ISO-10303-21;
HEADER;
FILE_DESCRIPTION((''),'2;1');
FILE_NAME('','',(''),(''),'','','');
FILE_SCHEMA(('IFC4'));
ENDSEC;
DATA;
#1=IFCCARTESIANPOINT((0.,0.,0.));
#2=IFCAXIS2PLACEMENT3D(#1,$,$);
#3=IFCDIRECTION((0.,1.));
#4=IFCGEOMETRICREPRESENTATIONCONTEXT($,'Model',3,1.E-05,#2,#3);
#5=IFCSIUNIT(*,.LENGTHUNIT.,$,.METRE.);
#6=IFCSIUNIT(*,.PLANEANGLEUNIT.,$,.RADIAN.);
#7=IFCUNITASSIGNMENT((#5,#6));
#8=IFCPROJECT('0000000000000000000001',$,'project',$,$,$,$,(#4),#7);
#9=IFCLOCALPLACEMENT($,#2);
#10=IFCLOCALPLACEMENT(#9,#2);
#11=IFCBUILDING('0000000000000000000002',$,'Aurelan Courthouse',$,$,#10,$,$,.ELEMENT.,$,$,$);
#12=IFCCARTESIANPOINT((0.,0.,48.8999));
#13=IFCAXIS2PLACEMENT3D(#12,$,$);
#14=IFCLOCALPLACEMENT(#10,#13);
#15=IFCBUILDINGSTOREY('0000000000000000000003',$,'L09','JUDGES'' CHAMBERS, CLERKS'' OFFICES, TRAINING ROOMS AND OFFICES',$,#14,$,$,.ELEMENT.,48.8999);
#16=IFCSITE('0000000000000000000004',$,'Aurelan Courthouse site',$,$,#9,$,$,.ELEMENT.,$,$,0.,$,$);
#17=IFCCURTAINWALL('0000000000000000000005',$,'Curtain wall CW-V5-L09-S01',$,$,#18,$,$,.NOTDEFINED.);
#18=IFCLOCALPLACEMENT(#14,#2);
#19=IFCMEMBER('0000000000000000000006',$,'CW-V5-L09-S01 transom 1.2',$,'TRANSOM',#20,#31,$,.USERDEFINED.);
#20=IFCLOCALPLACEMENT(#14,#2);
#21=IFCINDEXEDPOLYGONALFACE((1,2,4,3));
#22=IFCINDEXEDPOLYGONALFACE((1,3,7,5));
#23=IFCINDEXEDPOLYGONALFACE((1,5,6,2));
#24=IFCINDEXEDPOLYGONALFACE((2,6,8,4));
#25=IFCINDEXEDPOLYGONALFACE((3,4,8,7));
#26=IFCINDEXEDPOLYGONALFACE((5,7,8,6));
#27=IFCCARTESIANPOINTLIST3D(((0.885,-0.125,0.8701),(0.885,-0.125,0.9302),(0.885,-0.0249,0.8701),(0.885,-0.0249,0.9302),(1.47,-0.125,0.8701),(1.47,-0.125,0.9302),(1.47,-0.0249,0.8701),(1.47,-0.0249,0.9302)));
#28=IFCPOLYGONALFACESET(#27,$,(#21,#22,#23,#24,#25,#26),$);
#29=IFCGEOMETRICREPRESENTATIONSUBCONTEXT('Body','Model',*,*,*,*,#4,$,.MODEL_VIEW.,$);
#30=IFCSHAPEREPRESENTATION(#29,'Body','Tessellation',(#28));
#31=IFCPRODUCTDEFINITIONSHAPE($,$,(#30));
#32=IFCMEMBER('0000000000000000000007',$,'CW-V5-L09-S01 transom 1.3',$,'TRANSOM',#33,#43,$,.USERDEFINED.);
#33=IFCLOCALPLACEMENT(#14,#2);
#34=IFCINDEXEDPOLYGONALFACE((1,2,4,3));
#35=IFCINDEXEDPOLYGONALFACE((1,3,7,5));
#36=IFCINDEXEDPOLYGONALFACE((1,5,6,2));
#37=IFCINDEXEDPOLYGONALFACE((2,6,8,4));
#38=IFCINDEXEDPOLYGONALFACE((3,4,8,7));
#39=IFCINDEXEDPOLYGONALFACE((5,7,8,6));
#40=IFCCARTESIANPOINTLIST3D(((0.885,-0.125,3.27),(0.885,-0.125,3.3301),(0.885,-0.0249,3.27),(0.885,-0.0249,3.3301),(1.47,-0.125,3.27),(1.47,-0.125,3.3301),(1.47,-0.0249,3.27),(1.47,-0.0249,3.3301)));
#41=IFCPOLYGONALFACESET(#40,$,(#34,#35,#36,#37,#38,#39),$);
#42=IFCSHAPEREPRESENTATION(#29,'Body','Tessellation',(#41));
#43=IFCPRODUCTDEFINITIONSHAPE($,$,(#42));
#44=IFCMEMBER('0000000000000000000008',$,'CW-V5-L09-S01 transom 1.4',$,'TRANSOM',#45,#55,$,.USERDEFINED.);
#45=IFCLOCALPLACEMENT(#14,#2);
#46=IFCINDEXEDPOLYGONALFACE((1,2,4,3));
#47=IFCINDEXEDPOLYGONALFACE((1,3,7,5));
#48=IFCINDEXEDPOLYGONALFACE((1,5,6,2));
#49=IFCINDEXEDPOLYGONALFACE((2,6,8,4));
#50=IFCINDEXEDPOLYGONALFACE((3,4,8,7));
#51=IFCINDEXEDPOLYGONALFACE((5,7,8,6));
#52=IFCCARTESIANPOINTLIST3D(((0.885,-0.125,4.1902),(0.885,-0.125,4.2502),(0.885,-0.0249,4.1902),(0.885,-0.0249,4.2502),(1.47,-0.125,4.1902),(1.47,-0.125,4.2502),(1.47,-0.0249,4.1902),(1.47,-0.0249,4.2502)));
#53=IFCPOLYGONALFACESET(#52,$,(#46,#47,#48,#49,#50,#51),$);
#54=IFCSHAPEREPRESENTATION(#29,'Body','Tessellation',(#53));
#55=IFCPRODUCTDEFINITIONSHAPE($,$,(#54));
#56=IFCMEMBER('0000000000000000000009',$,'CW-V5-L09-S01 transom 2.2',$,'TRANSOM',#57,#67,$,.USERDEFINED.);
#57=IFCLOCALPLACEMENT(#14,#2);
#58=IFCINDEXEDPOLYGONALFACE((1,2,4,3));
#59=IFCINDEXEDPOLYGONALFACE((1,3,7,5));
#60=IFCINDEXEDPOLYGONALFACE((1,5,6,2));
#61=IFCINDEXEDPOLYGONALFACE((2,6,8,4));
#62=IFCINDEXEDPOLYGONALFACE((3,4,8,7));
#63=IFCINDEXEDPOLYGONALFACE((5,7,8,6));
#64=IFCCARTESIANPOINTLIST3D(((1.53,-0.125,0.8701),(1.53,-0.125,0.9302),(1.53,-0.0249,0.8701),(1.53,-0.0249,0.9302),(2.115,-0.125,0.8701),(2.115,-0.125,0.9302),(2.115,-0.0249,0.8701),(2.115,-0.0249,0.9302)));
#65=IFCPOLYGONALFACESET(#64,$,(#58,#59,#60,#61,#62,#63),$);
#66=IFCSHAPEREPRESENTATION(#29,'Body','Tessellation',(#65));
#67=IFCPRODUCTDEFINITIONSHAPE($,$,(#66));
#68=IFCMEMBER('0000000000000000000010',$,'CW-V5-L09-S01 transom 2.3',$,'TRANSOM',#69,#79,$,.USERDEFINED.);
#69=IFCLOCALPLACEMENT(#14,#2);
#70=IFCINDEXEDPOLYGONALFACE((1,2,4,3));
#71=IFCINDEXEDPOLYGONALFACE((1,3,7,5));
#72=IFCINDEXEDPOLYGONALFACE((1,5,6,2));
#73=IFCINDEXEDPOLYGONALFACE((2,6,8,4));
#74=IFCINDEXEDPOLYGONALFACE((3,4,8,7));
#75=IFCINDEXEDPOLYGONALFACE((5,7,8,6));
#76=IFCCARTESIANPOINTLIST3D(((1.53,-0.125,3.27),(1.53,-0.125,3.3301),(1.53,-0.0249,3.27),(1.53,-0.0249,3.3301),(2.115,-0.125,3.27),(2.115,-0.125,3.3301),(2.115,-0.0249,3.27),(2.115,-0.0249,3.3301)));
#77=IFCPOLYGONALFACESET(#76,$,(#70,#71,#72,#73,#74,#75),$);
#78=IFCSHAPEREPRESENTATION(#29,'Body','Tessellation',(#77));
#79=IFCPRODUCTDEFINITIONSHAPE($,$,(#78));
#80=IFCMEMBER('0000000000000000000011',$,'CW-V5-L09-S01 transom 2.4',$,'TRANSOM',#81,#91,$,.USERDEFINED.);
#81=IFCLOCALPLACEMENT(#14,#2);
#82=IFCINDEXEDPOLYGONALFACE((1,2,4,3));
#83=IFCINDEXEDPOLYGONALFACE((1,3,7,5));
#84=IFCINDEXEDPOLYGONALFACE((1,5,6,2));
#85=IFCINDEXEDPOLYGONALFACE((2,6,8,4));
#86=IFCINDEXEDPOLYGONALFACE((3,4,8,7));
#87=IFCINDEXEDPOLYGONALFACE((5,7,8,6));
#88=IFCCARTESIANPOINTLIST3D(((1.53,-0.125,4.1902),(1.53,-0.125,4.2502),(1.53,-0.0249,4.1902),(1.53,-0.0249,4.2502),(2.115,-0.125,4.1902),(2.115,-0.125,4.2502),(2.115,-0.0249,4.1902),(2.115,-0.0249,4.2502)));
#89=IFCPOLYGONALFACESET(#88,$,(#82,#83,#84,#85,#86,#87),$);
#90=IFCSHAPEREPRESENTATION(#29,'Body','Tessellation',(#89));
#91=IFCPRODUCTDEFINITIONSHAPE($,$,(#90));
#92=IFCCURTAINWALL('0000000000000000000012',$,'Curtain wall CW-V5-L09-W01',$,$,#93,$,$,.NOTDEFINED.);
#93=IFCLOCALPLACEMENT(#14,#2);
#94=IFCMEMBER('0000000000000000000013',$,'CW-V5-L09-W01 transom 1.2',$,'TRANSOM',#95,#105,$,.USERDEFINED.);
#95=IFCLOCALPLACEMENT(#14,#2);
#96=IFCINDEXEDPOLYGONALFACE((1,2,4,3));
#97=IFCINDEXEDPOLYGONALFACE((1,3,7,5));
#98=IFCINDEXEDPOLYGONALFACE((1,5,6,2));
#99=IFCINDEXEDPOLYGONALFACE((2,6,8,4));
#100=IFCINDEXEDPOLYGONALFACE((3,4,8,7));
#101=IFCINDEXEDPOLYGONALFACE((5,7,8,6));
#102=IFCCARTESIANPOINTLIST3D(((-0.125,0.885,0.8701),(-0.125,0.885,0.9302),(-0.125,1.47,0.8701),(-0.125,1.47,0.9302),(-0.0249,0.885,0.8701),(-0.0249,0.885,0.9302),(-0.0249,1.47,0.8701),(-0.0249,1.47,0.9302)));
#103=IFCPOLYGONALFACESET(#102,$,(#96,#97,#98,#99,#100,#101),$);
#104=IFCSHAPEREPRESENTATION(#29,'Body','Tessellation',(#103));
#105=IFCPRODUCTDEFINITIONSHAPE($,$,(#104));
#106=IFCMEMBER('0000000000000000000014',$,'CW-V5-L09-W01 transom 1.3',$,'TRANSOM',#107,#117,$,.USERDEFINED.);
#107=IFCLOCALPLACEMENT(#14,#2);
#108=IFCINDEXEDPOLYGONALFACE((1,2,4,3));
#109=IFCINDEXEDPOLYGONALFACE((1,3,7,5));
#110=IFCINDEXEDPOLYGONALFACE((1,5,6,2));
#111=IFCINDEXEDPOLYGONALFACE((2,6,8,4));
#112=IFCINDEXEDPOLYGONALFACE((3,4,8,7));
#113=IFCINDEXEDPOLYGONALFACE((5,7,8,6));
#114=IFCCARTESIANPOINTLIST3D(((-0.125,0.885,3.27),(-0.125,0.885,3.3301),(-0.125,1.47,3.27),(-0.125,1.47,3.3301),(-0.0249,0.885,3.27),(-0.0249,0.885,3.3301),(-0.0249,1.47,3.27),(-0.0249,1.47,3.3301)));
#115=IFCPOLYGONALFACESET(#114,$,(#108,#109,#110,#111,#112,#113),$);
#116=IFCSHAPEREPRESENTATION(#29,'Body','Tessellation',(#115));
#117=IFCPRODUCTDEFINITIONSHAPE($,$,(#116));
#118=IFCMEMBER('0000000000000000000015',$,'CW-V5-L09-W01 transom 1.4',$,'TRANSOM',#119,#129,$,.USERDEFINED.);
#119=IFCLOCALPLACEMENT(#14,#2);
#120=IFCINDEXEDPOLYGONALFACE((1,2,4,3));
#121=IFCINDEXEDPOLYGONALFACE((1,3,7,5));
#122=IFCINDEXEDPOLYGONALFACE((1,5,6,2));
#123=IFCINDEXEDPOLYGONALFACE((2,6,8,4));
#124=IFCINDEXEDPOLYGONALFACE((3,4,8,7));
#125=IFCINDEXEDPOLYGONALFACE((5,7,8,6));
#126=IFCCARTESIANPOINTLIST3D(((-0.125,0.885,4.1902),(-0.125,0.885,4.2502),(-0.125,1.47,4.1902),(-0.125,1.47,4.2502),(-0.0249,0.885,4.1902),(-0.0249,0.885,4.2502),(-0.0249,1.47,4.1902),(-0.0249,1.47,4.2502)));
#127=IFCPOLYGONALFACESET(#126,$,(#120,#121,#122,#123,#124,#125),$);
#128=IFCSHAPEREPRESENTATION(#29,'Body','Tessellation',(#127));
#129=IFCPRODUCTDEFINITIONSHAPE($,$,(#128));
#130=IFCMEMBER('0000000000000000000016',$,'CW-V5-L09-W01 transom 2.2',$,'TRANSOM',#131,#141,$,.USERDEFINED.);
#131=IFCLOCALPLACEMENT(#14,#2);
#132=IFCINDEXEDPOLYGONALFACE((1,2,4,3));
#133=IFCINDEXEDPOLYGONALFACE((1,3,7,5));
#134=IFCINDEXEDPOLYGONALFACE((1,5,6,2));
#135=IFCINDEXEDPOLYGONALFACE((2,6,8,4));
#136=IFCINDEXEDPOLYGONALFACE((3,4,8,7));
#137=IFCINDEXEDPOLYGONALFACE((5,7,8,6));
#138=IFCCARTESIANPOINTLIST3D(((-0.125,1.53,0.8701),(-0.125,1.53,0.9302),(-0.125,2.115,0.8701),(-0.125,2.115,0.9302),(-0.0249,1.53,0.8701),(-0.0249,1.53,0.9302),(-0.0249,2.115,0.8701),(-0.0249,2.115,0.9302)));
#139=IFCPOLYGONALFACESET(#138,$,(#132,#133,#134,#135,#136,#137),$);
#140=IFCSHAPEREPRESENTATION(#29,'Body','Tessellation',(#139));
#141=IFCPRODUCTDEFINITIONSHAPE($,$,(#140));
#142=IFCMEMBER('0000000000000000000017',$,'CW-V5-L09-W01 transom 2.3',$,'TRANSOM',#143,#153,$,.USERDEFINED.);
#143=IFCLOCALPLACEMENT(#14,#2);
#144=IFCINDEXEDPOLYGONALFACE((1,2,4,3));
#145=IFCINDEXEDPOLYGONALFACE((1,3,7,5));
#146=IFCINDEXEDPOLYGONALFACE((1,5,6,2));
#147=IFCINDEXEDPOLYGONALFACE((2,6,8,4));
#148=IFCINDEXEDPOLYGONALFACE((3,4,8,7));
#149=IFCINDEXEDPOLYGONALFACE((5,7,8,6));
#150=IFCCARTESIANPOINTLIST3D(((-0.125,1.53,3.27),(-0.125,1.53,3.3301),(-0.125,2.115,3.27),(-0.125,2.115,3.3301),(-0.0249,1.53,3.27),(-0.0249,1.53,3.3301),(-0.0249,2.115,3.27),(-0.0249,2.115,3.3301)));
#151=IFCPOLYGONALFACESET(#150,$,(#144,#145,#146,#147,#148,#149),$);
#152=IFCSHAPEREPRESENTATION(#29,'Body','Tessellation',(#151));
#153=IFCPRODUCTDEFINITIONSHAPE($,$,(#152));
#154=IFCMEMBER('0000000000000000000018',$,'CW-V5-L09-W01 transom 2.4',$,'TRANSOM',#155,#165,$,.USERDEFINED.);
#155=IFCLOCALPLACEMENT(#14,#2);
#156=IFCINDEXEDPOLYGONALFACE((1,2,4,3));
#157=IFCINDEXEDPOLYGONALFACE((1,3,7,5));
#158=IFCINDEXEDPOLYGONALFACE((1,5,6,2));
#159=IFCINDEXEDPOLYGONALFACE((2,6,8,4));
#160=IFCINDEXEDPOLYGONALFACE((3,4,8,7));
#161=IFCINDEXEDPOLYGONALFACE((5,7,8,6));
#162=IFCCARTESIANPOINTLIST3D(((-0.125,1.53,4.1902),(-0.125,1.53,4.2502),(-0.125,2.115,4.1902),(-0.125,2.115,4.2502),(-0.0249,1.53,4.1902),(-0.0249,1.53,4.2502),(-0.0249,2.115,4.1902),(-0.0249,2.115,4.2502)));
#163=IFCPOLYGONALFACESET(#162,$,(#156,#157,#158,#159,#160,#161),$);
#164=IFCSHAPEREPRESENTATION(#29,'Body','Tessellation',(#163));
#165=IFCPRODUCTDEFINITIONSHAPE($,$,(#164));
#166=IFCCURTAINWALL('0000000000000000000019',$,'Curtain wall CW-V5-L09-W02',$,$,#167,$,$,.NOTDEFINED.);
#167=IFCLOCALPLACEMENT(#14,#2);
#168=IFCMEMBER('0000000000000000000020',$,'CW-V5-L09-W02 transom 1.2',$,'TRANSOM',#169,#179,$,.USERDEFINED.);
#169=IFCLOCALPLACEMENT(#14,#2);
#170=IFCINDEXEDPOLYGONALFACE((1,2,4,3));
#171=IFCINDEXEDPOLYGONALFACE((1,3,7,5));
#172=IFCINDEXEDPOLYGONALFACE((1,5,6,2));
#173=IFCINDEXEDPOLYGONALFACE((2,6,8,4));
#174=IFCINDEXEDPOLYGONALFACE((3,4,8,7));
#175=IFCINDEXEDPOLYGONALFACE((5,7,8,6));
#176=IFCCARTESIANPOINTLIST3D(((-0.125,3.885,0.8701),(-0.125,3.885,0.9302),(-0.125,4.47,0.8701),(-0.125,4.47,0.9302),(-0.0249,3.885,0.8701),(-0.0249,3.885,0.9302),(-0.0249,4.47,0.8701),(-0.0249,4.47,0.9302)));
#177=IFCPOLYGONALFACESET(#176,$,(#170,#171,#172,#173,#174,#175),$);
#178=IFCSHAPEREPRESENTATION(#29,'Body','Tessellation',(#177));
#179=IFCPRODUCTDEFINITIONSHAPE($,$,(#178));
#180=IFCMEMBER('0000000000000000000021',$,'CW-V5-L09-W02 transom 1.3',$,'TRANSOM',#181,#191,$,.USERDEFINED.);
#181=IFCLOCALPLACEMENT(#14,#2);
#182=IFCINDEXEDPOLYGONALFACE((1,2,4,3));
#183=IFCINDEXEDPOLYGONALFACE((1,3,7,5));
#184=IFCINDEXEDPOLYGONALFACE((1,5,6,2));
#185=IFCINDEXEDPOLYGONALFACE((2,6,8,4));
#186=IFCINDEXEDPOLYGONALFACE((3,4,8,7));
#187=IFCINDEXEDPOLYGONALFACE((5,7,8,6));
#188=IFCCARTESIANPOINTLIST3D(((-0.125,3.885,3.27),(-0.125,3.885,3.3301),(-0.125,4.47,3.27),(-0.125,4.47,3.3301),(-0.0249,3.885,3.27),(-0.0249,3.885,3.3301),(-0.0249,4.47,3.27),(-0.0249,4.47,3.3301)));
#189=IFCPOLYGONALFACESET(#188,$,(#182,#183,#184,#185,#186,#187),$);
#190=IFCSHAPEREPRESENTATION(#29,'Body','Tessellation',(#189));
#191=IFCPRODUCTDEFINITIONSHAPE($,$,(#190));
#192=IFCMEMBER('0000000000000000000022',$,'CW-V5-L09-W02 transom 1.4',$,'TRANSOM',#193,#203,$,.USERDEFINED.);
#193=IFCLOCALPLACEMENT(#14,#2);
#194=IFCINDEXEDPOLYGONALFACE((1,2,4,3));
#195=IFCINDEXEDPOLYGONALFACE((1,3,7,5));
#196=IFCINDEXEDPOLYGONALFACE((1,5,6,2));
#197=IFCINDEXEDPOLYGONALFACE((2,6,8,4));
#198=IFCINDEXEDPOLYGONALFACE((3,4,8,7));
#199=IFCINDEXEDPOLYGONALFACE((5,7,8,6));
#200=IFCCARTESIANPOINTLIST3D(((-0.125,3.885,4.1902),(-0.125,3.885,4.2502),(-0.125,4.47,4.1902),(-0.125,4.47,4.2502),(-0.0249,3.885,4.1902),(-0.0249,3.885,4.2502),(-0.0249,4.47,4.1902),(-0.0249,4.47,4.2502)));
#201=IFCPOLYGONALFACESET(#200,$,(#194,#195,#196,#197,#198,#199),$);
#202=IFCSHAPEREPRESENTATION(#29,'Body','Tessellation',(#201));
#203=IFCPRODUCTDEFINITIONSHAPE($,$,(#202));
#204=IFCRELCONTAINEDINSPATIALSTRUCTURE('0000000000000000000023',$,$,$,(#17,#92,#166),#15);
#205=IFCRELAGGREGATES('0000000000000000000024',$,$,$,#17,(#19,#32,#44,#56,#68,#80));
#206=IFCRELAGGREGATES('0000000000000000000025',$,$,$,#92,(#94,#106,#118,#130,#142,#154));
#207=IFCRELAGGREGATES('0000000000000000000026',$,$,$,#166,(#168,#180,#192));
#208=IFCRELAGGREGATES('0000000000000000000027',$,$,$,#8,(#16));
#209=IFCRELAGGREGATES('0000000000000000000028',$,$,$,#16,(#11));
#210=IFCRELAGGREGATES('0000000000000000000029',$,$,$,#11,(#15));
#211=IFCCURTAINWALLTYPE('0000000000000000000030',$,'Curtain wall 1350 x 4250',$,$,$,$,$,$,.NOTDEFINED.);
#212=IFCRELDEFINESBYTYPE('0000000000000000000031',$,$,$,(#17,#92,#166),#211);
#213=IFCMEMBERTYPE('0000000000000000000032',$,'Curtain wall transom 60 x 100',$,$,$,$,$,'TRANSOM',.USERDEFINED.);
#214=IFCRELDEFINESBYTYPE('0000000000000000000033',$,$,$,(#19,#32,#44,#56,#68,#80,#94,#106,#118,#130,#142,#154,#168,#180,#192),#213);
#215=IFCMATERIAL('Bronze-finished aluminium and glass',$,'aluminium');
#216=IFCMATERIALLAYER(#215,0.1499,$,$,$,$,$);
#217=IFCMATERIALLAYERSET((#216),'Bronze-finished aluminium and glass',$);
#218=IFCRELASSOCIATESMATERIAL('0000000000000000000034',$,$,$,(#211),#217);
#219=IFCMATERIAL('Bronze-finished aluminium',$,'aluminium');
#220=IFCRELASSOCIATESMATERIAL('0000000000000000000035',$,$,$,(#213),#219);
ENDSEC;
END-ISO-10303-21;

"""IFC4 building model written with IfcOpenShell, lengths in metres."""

from ifc_helpers import new_model, si_unit, direction, frame, origin, origin_2d, place, context, subcontext, project, spatial, rectangle, extrude, material, layer, layer_set, material_profile, profile_set, type_object, element, aggregate, save


model = new_model("IFC4")

# Units and contexts
model_context = context("Model", 3, precision=1e-05, world=origin(), true_north=direction((0.0, 1.0)))
body_context = subcontext(model_context, "Body", "Model", "MODEL_VIEW")
ifc_project = project(units=[si_unit("LENGTHUNIT", "METRE"), si_unit("PLANEANGLEUNIT", "RADIAN")], contexts=[model_context])

# Site, building, storey
site_placement = place(None, origin())
site = spatial("IfcSite", under=ifc_project, at=site_placement, Name="Aurelan Courthouse site", CompositionType="ELEMENT", RefElevation=0.0)
building_placement = place(site_placement, origin())
building = spatial("IfcBuilding", under=site, at=building_placement, Name="Aurelan Courthouse", CompositionType="ELEMENT")
storey_placement = place(building_placement, frame((0.0, 0.0, 48.8999)))
storey = spatial("IfcBuildingStorey", under=building, at=storey_placement, Name="L09", Description="JUDGES' CHAMBERS, CLERKS' OFFICES, TRAINING ROOMS AND OFFICES", CompositionType="ELEMENT", Elevation=48.8999)

# Curtain walls, members
ifc_material_1 = material(Name="Bronze-finished aluminium and glass", Category="aluminium")
ifc_layer_1 = layer(ifc_material_1, 0.1499)
ifc_layer_set_1 = layer_set([ifc_layer_1], Name="Bronze-finished aluminium and glass")
curtain_wall_type = type_object("IfcCurtainWallType", Name="Curtain wall 1350 x 4250", PredefinedType="NOTDEFINED", material=ifc_layer_set_1)
curtain_wall_1_placement = place(storey_placement, origin())
curtain_wall_1 = element("IfcCurtainWall", 1, at=curtain_wall_1_placement, inside=storey, type_object=curtain_wall_type, Name="Curtain wall CW-V5-L09-S01", PredefinedType="NOTDEFINED")
ifc_material_2 = material(Name="Bronze-finished aluminium", Category="aluminium")
ifc_material_profile = material_profile(ifc_material_2, rectangle(XDim=0.1001, YDim=0.0601, at=origin_2d()), Name="Bronze transom 60 x 100")
ifc_profile_set = profile_set([ifc_material_profile], Name="Bronze-finished aluminium")
member_type = type_object("IfcMemberType", Name="Curtain wall transom 60 x 100", ElementType="TRANSOM", PredefinedType="USERDEFINED", material=ifc_profile_set)
member_1_placement = place(storey_placement, frame((0.885, -0.075, 0.9001), z_axis=(1.0, 0.0, 0.0), x_axis=(0.0, 1.0, 0.0)))
member_1 = element("IfcMember", 2, at=member_1_placement, type_object=member_type, Name="CW-V5-L09-S01 transom 1.2", ObjectType="TRANSOM", PredefinedType="USERDEFINED", context=body_context, shape_type="SweptSolid", body=[
    extrude(rectangle(XDim=0.1001, YDim=0.0601, at=origin_2d()), origin(), (0.0, 0.0, 1.0), 0.585),
])
member_2_placement = place(storey_placement, frame((0.885, -0.075, 3.3), z_axis=(1.0, 0.0, 0.0), x_axis=(0.0, 1.0, 0.0)))
member_2 = element("IfcMember", 3, at=member_2_placement, type_object=member_type, Name="CW-V5-L09-S01 transom 1.3", ObjectType="TRANSOM", PredefinedType="USERDEFINED", context=body_context, shape_type="SweptSolid", body=[
    extrude(rectangle(XDim=0.1001, YDim=0.0601, at=origin_2d()), origin(), (0.0, 0.0, 1.0), 0.585),
])
member_3_placement = place(storey_placement, frame((0.885, -0.075, 4.2202), z_axis=(1.0, 0.0, 0.0), x_axis=(0.0, 1.0, 0.0)))
member_3 = element("IfcMember", 4, at=member_3_placement, type_object=member_type, Name="CW-V5-L09-S01 transom 1.4", ObjectType="TRANSOM", PredefinedType="USERDEFINED", context=body_context, shape_type="SweptSolid", body=[
    extrude(rectangle(XDim=0.1001, YDim=0.0601, at=origin_2d()), origin(), (0.0, 0.0, 1.0), 0.585),
])
member_4_placement = place(storey_placement, frame((1.53, -0.075, 0.9001), z_axis=(1.0, 0.0, 0.0), x_axis=(0.0, 1.0, 0.0)))
member_4 = element("IfcMember", 5, at=member_4_placement, type_object=member_type, Name="CW-V5-L09-S01 transom 2.2", ObjectType="TRANSOM", PredefinedType="USERDEFINED", context=body_context, shape_type="SweptSolid", body=[
    extrude(rectangle(XDim=0.1001, YDim=0.0601, at=origin_2d()), origin(), (0.0, 0.0, 1.0), 0.585),
])
member_5_placement = place(storey_placement, frame((1.53, -0.075, 3.3), z_axis=(1.0, 0.0, 0.0), x_axis=(0.0, 1.0, 0.0)))
member_5 = element("IfcMember", 6, at=member_5_placement, type_object=member_type, Name="CW-V5-L09-S01 transom 2.3", ObjectType="TRANSOM", PredefinedType="USERDEFINED", context=body_context, shape_type="SweptSolid", body=[
    extrude(rectangle(XDim=0.1001, YDim=0.0601, at=origin_2d()), origin(), (0.0, 0.0, 1.0), 0.585),
])
member_6_placement = place(storey_placement, frame((1.53, -0.075, 4.2202), z_axis=(1.0, 0.0, 0.0), x_axis=(0.0, 1.0, 0.0)))
member_6 = element("IfcMember", 7, at=member_6_placement, type_object=member_type, Name="CW-V5-L09-S01 transom 2.4", ObjectType="TRANSOM", PredefinedType="USERDEFINED", context=body_context, shape_type="SweptSolid", body=[
    extrude(rectangle(XDim=0.1001, YDim=0.0601, at=origin_2d()), origin(), (0.0, 0.0, 1.0), 0.585),
])
curtain_wall_2_placement = place(storey_placement, origin())
curtain_wall_2 = element("IfcCurtainWall", 8, at=curtain_wall_2_placement, inside=storey, type_object=curtain_wall_type, Name="Curtain wall CW-V5-L09-W01", PredefinedType="NOTDEFINED")
member_7_placement = place(storey_placement, frame((-0.075, 0.885, 0.9001), z_axis=(0.0, 1.0, 0.0), x_axis=(-1.0, 0.0, 0.0)))
member_7 = element("IfcMember", 9, at=member_7_placement, type_object=member_type, Name="CW-V5-L09-W01 transom 1.2", ObjectType="TRANSOM", PredefinedType="USERDEFINED", context=body_context, shape_type="SweptSolid", body=[
    extrude(rectangle(XDim=0.1001, YDim=0.0601, at=origin_2d()), origin(), (0.0, 0.0, 1.0), 0.585),
])
member_8_placement = place(storey_placement, frame((-0.075, 0.885, 3.3), z_axis=(0.0, 1.0, 0.0), x_axis=(-1.0, 0.0, 0.0)))
member_8 = element("IfcMember", 10, at=member_8_placement, type_object=member_type, Name="CW-V5-L09-W01 transom 1.3", ObjectType="TRANSOM", PredefinedType="USERDEFINED", context=body_context, shape_type="SweptSolid", body=[
    extrude(rectangle(XDim=0.1001, YDim=0.0601, at=origin_2d()), origin(), (0.0, 0.0, 1.0), 0.585),
])
member_9_placement = place(storey_placement, frame((-0.075, 0.885, 4.2202), z_axis=(0.0, 1.0, 0.0), x_axis=(-1.0, 0.0, 0.0)))
member_9 = element("IfcMember", 11, at=member_9_placement, type_object=member_type, Name="CW-V5-L09-W01 transom 1.4", ObjectType="TRANSOM", PredefinedType="USERDEFINED", context=body_context, shape_type="SweptSolid", body=[
    extrude(rectangle(XDim=0.1001, YDim=0.0601, at=origin_2d()), origin(), (0.0, 0.0, 1.0), 0.585),
])
member_10_placement = place(storey_placement, frame((-0.075, 1.53, 0.9001), z_axis=(0.0, 1.0, 0.0), x_axis=(-1.0, 0.0, 0.0)))
member_10 = element("IfcMember", 12, at=member_10_placement, type_object=member_type, Name="CW-V5-L09-W01 transom 2.2", ObjectType="TRANSOM", PredefinedType="USERDEFINED", context=body_context, shape_type="SweptSolid", body=[
    extrude(rectangle(XDim=0.1001, YDim=0.0601, at=origin_2d()), origin(), (0.0, 0.0, 1.0), 0.585),
])
member_11_placement = place(storey_placement, frame((-0.075, 1.53, 3.3), z_axis=(0.0, 1.0, 0.0), x_axis=(-1.0, 0.0, 0.0)))
member_11 = element("IfcMember", 13, at=member_11_placement, type_object=member_type, Name="CW-V5-L09-W01 transom 2.3", ObjectType="TRANSOM", PredefinedType="USERDEFINED", context=body_context, shape_type="SweptSolid", body=[
    extrude(rectangle(XDim=0.1001, YDim=0.0601, at=origin_2d()), origin(), (0.0, 0.0, 1.0), 0.585),
])
member_12_placement = place(storey_placement, frame((-0.075, 1.53, 4.2202), z_axis=(0.0, 1.0, 0.0), x_axis=(-1.0, 0.0, 0.0)))
member_12 = element("IfcMember", 14, at=member_12_placement, type_object=member_type, Name="CW-V5-L09-W01 transom 2.4", ObjectType="TRANSOM", PredefinedType="USERDEFINED", context=body_context, shape_type="SweptSolid", body=[
    extrude(rectangle(XDim=0.1001, YDim=0.0601, at=origin_2d()), origin(), (0.0, 0.0, 1.0), 0.585),
])
curtain_wall_3_placement = place(storey_placement, origin())
curtain_wall_3 = element("IfcCurtainWall", 15, at=curtain_wall_3_placement, inside=storey, type_object=curtain_wall_type, Name="Curtain wall CW-V5-L09-W02", PredefinedType="NOTDEFINED")
member_13_placement = place(storey_placement, frame((-0.075, 3.885, 0.9001), z_axis=(0.0, 1.0, 0.0), x_axis=(-1.0, 0.0, 0.0)))
member_13 = element("IfcMember", 16, at=member_13_placement, type_object=member_type, Name="CW-V5-L09-W02 transom 1.2", ObjectType="TRANSOM", PredefinedType="USERDEFINED", context=body_context, shape_type="SweptSolid", body=[
    extrude(rectangle(XDim=0.1001, YDim=0.0601, at=origin_2d()), origin(), (0.0, 0.0, 1.0), 0.585),
])
member_14_placement = place(storey_placement, frame((-0.075, 3.885, 3.3), z_axis=(0.0, 1.0, 0.0), x_axis=(-1.0, 0.0, 0.0)))
member_14 = element("IfcMember", 17, at=member_14_placement, type_object=member_type, Name="CW-V5-L09-W02 transom 1.3", ObjectType="TRANSOM", PredefinedType="USERDEFINED", context=body_context, shape_type="SweptSolid", body=[
    extrude(rectangle(XDim=0.1001, YDim=0.0601, at=origin_2d()), origin(), (0.0, 0.0, 1.0), 0.585),
])
member_15_placement = place(storey_placement, frame((-0.075, 3.885, 4.2202), z_axis=(0.0, 1.0, 0.0), x_axis=(-1.0, 0.0, 0.0)))
member_15 = element("IfcMember", 18, at=member_15_placement, type_object=member_type, Name="CW-V5-L09-W02 transom 1.4", ObjectType="TRANSOM", PredefinedType="USERDEFINED", context=body_context, shape_type="SweptSolid", body=[
    extrude(rectangle(XDim=0.1001, YDim=0.0601, at=origin_2d()), origin(), (0.0, 0.0, 1.0), 0.585),
])

aggregate(curtain_wall_1, [member_1, member_2, member_3, member_4, member_5, member_6])
aggregate(curtain_wall_2, [member_7, member_8, member_9, member_10, member_11, member_12])
aggregate(curtain_wall_3, [member_13, member_14, member_15])

save(model, "model.ifc")
